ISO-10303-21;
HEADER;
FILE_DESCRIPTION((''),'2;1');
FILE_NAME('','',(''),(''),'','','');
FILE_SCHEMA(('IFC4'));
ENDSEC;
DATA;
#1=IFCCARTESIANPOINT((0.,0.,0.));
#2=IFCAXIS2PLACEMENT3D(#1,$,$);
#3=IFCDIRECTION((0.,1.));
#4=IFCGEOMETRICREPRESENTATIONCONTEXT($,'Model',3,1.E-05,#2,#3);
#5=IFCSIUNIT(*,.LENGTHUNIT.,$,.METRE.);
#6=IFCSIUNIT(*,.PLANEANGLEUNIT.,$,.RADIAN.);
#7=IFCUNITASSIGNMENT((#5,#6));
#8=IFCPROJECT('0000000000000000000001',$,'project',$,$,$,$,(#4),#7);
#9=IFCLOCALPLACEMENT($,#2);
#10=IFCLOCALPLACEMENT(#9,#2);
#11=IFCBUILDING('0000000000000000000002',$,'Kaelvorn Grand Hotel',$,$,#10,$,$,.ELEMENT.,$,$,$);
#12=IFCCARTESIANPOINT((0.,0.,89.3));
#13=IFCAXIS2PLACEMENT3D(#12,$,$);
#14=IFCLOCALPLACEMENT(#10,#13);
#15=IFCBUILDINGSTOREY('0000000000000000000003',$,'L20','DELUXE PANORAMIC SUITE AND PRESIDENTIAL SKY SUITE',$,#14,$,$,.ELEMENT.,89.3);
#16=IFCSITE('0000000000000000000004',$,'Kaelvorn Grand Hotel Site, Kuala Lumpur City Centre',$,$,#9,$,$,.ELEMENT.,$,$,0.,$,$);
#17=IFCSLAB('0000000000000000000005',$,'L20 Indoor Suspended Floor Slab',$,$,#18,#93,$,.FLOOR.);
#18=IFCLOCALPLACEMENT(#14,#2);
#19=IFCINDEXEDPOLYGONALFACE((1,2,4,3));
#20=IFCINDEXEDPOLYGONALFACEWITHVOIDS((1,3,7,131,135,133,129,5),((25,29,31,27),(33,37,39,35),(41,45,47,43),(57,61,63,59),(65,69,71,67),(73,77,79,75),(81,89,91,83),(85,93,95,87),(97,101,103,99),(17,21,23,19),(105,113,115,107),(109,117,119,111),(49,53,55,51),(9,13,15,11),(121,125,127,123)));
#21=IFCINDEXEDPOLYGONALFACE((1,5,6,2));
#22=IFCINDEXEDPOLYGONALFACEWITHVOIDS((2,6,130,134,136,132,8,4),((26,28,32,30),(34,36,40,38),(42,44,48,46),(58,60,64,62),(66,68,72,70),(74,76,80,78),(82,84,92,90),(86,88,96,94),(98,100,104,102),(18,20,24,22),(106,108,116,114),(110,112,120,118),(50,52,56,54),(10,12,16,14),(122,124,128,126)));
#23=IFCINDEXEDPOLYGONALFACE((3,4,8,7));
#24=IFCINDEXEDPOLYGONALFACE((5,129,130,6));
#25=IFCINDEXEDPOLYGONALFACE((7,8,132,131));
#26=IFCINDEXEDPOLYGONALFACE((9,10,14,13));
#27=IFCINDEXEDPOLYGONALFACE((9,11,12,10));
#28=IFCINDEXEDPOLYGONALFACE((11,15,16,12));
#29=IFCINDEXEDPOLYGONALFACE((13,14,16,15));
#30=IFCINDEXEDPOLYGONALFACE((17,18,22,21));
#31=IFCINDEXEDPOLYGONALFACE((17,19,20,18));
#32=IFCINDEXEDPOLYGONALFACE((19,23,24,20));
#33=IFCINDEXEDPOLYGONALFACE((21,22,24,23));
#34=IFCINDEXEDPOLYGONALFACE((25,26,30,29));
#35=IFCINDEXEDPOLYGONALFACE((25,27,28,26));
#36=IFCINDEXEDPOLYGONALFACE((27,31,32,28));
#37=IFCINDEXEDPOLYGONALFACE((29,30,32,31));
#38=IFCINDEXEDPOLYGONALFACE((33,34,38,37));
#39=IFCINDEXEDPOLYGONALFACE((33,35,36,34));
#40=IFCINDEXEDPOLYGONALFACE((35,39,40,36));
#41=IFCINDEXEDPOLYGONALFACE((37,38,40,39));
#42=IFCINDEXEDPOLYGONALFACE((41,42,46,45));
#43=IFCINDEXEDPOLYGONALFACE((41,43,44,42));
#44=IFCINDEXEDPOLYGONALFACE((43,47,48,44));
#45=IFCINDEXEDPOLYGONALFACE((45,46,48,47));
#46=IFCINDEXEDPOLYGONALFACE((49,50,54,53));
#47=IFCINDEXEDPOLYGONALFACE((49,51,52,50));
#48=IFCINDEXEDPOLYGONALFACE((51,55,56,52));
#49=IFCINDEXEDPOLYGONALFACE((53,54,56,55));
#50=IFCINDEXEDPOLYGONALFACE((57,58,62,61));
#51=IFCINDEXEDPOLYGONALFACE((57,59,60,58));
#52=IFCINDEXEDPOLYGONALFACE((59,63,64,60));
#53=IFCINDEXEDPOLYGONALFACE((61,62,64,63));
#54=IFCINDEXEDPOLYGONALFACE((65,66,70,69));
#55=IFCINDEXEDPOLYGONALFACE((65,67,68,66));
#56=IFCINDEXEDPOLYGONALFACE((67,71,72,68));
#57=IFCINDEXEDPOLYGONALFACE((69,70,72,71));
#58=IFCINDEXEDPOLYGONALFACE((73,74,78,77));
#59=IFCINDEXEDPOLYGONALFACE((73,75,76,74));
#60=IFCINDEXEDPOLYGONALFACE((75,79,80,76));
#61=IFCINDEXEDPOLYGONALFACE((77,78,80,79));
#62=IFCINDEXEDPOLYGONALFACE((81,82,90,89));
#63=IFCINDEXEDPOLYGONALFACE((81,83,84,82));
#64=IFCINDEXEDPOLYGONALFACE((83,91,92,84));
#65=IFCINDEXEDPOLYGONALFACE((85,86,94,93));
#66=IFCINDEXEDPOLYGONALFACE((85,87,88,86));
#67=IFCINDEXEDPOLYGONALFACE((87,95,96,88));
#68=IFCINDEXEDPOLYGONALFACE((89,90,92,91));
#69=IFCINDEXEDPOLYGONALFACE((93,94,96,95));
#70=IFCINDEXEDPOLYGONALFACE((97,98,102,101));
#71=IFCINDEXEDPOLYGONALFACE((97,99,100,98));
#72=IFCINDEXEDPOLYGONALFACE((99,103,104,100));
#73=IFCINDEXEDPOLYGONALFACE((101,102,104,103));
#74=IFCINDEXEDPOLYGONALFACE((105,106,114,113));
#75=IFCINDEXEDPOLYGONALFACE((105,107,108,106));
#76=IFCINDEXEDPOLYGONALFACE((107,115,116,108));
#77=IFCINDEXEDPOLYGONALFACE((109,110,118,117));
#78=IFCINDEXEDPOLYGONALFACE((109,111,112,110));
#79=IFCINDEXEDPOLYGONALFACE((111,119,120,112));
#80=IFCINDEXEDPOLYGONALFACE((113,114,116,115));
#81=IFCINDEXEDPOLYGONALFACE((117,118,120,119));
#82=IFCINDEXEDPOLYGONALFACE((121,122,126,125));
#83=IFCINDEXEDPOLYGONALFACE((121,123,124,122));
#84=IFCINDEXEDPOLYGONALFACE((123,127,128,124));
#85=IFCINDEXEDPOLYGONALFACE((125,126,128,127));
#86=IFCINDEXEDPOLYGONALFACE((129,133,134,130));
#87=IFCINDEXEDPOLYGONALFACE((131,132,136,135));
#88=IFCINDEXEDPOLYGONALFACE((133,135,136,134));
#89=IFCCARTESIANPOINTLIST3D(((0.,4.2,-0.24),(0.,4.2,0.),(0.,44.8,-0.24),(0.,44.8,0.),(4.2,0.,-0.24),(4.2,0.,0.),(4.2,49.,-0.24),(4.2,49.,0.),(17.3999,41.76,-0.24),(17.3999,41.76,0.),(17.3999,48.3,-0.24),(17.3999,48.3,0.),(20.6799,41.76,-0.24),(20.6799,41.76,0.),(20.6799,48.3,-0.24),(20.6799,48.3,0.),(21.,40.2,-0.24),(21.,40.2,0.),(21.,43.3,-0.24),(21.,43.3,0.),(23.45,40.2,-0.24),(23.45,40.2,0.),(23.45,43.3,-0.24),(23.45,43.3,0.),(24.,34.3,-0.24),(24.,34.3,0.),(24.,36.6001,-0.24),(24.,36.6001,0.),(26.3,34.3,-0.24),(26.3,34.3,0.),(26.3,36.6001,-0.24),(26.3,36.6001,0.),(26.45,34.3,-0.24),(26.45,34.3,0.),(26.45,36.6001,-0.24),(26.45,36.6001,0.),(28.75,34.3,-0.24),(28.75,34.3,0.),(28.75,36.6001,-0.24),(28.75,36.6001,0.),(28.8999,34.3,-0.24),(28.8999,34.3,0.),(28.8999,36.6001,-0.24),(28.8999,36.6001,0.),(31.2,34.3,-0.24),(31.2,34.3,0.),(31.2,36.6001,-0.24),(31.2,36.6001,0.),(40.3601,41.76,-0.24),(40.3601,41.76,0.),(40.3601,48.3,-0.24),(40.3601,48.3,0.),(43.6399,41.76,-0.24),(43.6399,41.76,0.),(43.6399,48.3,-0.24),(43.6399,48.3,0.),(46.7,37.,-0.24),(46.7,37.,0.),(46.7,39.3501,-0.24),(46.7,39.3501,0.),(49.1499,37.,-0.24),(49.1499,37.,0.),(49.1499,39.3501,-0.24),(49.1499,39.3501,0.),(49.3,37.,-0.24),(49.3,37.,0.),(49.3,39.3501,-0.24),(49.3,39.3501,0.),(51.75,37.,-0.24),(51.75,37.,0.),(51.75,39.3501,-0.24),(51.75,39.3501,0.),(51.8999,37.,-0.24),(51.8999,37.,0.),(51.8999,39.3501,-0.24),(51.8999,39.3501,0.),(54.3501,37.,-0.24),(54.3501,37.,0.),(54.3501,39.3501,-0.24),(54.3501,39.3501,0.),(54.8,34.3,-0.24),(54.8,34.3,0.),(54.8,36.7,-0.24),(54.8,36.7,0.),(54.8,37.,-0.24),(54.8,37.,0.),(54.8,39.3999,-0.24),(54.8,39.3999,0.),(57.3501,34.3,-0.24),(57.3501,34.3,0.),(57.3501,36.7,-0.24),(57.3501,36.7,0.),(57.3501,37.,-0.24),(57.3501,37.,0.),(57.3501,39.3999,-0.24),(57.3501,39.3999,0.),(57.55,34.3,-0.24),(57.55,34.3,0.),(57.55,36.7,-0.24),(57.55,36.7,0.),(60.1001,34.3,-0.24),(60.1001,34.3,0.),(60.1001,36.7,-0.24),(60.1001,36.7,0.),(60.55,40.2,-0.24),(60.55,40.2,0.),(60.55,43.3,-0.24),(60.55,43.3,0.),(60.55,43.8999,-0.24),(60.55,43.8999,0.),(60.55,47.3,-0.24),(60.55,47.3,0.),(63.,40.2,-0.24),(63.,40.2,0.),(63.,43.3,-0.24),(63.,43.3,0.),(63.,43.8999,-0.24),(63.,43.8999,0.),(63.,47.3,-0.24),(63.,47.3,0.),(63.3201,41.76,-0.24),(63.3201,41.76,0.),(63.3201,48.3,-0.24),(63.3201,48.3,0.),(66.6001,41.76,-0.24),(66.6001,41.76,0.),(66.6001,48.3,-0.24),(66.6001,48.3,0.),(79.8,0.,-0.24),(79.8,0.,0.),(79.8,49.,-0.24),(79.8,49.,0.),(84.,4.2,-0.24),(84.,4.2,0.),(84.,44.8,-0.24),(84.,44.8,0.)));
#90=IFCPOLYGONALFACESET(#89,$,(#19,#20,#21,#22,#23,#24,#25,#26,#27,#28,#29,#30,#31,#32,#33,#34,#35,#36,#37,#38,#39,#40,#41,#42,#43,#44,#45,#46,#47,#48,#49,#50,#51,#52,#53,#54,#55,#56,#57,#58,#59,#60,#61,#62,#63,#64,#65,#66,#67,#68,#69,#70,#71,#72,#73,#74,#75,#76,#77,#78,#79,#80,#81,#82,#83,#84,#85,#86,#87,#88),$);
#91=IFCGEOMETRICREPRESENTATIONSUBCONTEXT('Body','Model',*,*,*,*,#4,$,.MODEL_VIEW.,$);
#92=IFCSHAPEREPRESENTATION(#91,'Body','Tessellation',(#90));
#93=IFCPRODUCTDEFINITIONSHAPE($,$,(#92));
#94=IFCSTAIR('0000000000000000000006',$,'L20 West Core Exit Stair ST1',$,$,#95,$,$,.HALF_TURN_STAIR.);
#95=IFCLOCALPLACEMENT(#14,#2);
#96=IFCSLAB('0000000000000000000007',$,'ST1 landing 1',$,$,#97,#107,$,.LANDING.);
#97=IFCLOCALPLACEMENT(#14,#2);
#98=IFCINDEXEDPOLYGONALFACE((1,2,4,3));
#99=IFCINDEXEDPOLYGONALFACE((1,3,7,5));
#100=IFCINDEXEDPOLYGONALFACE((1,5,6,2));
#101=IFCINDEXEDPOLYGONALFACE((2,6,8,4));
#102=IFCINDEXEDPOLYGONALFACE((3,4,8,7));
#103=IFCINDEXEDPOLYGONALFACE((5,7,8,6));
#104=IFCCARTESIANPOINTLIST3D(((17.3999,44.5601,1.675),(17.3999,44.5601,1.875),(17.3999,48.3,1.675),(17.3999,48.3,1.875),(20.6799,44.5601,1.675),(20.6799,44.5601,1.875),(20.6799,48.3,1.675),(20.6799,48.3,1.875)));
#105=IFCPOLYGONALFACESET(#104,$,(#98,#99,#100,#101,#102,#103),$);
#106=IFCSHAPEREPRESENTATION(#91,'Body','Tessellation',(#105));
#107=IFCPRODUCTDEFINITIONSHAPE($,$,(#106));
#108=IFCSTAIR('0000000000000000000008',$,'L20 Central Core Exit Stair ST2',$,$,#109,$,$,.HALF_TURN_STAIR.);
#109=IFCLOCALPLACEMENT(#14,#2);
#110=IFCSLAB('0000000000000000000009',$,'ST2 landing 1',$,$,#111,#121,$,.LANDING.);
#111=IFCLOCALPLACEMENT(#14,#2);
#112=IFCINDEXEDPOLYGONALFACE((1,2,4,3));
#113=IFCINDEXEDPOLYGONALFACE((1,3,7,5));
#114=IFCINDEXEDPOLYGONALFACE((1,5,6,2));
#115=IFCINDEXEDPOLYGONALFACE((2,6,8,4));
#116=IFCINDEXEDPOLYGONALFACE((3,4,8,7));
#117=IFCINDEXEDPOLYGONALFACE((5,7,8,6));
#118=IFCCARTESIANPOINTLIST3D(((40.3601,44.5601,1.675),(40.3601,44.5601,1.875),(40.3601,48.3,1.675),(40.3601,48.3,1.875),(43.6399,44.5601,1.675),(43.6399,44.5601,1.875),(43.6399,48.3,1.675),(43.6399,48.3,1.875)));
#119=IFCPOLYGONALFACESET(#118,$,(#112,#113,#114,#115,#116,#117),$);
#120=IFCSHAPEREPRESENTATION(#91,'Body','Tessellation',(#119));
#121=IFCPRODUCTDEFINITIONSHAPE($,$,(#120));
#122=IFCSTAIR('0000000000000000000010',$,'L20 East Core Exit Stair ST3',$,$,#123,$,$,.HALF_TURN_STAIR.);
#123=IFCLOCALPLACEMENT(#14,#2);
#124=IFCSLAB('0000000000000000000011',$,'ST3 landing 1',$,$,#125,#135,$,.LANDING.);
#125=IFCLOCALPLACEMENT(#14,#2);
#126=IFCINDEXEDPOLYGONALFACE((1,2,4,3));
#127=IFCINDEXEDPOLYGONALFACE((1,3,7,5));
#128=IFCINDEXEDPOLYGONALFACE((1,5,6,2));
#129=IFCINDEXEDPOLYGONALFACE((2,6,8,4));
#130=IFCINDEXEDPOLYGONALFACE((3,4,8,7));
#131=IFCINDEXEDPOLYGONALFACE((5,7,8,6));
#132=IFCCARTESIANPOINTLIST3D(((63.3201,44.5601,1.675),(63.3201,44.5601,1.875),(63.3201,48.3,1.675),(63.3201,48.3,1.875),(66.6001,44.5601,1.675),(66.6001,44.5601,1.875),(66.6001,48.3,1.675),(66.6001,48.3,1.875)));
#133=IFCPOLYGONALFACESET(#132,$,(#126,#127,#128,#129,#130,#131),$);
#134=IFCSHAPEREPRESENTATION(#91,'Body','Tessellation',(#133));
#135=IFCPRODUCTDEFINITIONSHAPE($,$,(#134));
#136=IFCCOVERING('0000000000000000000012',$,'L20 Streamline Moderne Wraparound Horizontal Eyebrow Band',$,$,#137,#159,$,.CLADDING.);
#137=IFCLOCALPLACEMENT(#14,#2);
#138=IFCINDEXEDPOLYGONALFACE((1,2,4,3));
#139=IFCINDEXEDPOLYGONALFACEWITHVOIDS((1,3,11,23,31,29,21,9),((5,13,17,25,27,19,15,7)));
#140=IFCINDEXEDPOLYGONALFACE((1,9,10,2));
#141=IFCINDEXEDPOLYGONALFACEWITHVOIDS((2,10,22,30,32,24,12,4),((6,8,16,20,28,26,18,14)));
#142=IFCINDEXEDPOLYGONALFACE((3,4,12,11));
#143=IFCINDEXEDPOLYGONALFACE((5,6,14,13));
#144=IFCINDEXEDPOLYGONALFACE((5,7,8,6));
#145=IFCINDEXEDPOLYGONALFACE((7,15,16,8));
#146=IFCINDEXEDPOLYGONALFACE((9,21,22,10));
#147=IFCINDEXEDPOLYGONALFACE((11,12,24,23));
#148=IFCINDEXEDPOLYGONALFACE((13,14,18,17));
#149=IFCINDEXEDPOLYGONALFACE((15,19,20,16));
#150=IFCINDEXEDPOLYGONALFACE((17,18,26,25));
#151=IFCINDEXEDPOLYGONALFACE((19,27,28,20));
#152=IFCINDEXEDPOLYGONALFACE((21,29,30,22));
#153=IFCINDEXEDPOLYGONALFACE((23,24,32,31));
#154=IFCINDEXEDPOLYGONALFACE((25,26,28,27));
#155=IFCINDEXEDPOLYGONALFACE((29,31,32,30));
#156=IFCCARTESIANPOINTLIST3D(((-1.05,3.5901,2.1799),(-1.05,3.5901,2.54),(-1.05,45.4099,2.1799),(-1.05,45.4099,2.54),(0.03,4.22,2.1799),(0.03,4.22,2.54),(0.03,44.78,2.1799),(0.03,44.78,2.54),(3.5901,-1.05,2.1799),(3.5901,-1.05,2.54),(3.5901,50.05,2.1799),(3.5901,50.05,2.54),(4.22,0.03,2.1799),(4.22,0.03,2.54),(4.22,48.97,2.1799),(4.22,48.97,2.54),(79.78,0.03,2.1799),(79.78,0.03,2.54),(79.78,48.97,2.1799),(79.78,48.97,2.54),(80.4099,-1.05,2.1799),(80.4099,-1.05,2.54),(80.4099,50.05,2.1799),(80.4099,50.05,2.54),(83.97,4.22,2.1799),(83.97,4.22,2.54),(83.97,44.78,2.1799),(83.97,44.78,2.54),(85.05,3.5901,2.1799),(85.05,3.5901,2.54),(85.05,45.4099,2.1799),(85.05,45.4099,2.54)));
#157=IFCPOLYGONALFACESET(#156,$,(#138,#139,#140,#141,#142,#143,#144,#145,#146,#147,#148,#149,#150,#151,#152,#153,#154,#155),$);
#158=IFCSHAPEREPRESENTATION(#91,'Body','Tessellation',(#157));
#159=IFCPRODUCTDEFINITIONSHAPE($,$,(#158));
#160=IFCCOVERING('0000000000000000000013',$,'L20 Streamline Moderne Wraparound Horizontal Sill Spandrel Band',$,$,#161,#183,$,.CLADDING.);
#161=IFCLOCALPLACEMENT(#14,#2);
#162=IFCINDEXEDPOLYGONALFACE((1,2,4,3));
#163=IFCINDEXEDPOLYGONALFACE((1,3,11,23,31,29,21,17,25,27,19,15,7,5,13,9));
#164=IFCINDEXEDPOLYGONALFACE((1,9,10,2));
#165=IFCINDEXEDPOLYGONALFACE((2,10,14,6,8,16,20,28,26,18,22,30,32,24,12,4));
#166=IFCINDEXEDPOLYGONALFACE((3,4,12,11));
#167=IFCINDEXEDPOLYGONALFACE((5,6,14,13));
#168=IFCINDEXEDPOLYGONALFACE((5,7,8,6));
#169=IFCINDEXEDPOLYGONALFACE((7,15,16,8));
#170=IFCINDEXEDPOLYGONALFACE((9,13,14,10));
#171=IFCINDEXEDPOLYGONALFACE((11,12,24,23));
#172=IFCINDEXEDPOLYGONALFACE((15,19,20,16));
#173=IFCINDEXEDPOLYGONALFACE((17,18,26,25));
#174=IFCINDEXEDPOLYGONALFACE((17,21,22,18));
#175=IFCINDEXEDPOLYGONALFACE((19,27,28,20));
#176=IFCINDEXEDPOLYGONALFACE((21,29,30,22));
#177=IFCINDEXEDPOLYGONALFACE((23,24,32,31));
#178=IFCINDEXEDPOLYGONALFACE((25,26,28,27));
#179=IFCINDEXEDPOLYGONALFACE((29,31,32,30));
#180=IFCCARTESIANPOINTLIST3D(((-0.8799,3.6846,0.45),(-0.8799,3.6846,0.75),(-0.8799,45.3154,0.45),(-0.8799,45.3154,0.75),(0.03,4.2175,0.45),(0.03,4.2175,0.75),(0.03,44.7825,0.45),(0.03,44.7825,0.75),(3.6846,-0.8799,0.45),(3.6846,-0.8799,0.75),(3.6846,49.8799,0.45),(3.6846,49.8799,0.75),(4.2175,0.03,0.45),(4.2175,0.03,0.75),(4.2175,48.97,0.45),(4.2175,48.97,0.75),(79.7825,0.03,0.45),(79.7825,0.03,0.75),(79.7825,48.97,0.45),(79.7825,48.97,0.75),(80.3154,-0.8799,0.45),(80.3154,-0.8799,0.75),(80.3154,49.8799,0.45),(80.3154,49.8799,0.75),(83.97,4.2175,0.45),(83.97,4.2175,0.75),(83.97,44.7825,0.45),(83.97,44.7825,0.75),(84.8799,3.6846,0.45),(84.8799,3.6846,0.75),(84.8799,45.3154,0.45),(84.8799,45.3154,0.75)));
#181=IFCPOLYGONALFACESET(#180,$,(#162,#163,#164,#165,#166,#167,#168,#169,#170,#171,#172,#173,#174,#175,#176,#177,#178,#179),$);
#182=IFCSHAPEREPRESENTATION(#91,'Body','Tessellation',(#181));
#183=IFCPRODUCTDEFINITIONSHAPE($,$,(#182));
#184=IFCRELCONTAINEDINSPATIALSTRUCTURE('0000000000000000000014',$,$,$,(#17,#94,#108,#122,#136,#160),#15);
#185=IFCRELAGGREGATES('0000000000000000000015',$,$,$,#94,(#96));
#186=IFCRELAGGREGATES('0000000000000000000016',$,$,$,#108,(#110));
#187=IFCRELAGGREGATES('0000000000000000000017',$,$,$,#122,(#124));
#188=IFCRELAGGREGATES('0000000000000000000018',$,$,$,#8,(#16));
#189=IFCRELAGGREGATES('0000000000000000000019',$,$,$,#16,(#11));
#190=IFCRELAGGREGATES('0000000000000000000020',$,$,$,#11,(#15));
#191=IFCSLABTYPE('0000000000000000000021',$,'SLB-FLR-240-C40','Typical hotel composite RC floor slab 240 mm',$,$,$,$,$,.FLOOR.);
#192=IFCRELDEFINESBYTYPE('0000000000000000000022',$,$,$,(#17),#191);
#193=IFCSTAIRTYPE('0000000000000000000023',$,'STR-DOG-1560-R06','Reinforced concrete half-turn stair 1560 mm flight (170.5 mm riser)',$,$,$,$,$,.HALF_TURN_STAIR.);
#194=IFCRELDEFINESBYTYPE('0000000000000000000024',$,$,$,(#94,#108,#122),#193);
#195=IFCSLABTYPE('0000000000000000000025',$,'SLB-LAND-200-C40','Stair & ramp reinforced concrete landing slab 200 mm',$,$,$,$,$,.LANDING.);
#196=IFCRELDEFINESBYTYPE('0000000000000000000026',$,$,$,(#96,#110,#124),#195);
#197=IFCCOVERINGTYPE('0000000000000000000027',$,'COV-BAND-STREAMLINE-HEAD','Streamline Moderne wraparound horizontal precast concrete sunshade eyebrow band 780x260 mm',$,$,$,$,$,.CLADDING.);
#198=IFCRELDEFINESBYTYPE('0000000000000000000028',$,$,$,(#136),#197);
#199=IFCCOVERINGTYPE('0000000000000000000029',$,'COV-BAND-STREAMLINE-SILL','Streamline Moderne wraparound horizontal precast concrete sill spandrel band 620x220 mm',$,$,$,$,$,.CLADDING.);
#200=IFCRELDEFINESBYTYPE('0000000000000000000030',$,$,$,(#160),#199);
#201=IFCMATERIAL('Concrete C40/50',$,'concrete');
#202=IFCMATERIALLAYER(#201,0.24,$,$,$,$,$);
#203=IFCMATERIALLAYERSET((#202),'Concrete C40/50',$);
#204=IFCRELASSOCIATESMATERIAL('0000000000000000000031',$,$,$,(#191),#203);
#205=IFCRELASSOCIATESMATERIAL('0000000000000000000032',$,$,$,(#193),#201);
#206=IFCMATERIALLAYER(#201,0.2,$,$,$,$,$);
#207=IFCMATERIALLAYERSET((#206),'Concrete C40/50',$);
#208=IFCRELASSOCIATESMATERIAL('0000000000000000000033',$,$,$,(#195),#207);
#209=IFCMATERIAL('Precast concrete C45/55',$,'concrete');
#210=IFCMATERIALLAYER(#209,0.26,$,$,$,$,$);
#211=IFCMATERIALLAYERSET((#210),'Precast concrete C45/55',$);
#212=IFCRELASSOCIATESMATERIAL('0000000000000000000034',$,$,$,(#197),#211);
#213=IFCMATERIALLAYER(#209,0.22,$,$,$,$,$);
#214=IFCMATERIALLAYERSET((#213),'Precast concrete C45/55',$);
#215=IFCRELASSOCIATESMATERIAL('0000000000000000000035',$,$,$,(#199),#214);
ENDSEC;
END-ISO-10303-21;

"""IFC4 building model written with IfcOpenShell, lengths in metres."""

from ifc_helpers import new_model, si_unit, direction, frame, origin, place, context, subcontext, project, spatial, polyline, outline, extrude, material, layer, layer_set, type_object, element, aggregate, save


model = new_model("IFC4")

# Units and contexts
model_context = context("Model", 3, precision=1e-05, world=origin(), true_north=direction((0.0, 1.0)))
body_context = subcontext(model_context, "Body", "Model", "MODEL_VIEW")
ifc_project = project(units=[si_unit("LENGTHUNIT", "METRE"), si_unit("PLANEANGLEUNIT", "RADIAN")], contexts=[model_context])

# Site, building, storey
site_placement = place(None, origin())
site = spatial("IfcSite", under=ifc_project, at=site_placement, Name="Kaelvorn Grand Hotel Site, Kuala Lumpur City Centre", CompositionType="ELEMENT", RefElevation=0.0)
building_placement = place(site_placement, origin())
building = spatial("IfcBuilding", under=site, at=building_placement, Name="Kaelvorn Grand Hotel", CompositionType="ELEMENT")
storey_placement = place(building_placement, frame((0.0, 0.0, 89.3)))
storey = spatial("IfcBuildingStorey", under=building, at=storey_placement, Name="L20", Description="DELUXE PANORAMIC SUITE AND PRESIDENTIAL SKY SUITE", CompositionType="ELEMENT", Elevation=89.3)

# Slab
ifc_material_1 = material(Name="Concrete C40/50", Category="concrete")
ifc_layer_1 = layer(ifc_material_1, 0.24)
ifc_layer_set_1 = layer_set([ifc_layer_1], Name="Concrete C40/50")
slab_type_1 = type_object("IfcSlabType", Name="SLB-FLR-240-C40", Description="Typical hotel composite RC floor slab 240 mm", PredefinedType="FLOOR", material=ifc_layer_set_1)
slab_1_placement = place(storey_placement, frame((0.0, 0.0, -0.24)))
element("IfcSlab", 1, at=slab_1_placement, inside=storey, type_object=slab_type_1, Name="L20 Indoor Suspended Floor Slab", PredefinedType="FLOOR", context=body_context, shape_type="SweptSolid", body=[
    extrude(outline(polyline([(4.2, 0.0), (79.8, 0.0), (84.0, 4.2), (84.0, 44.8), (79.8, 49.0), (4.2, 49.0), (0.0, 44.8), (0.0, 4.2), (4.2, 0.0)]), holes=[polyline([(17.3999, 41.76), (17.3999, 48.3), (20.6799, 48.3), (20.6799, 41.76), (17.3999, 41.76)]), polyline([(40.3601, 41.76), (40.3601, 48.3), (43.6399, 48.3), (43.6399, 41.76), (40.3601, 41.76)]), polyline([(63.3201, 41.76), (63.3201, 48.3), (66.6001, 48.3), (66.6001, 41.76), (63.3201, 41.76)]), polyline([(24.0, 34.3), (24.0, 36.6001), (26.3, 36.6001), (26.3, 34.3), (24.0, 34.3)]), polyline([(26.45, 34.3), (26.45, 36.6001), (28.75, 36.6001), (28.75, 34.3), (26.45, 34.3)]), polyline([(28.8999, 34.3), (28.8999, 36.6001), (31.2, 36.6001), (31.2, 34.3), (28.8999, 34.3)]), polyline([(46.7, 37.0), (46.7, 39.3501), (49.1499, 39.3501), (49.1499, 37.0), (46.7, 37.0)]), polyline([(49.3, 37.0), (49.3, 39.3501), (51.75, 39.3501), (51.75, 37.0), (49.3, 37.0)]), polyline([(51.8999, 37.0), (51.8999, 39.3501), (54.3501, 39.3501), (54.3501, 37.0), (51.8999, 37.0)]), polyline([(54.8, 34.3), (54.8, 36.7), (57.3501, 36.7), (57.3501, 34.3), (54.8, 34.3)]), polyline([(57.55, 34.3), (57.55, 36.7), (60.1001, 36.7), (60.1001, 34.3), (57.55, 34.3)]), polyline([(54.8, 37.0), (54.8, 39.3999), (57.3501, 39.3999), (57.3501, 37.0), (54.8, 37.0)]), polyline([(21.0, 40.2), (21.0, 43.3), (23.45, 43.3), (23.45, 40.2), (21.0, 40.2)]), polyline([(60.55, 40.2), (60.55, 43.3), (63.0, 43.3), (63.0, 40.2), (60.55, 40.2)]), polyline([(60.55, 43.8999), (60.55, 47.3), (63.0, 47.3), (63.0, 43.8999), (60.55, 43.8999)])]), origin(), (0.0, 0.0, 1.0), 0.24),
])

# Stairs, slabs
stair_type = type_object("IfcStairType", Name="STR-DOG-1560-R06", Description="Reinforced concrete half-turn stair 1560 mm flight (170.5 mm riser)", PredefinedType="HALF_TURN_STAIR", material=ifc_material_1)
stair_1_placement = place(storey_placement, origin())
stair_1 = element("IfcStair", 2, at=stair_1_placement, inside=storey, type_object=stair_type, Name="L20 West Core Exit Stair ST1", PredefinedType="HALF_TURN_STAIR")
ifc_layer_2 = layer(ifc_material_1, 0.2)
ifc_layer_set_2 = layer_set([ifc_layer_2], Name="Concrete C40/50")
slab_type_2 = type_object("IfcSlabType", Name="SLB-LAND-200-C40", Description="Stair & ramp reinforced concrete landing slab 200 mm", PredefinedType="LANDING", material=ifc_layer_set_2)
slab_2_placement = place(storey_placement, frame((0.0, 0.0, 1.675)))
slab_2 = element("IfcSlab", 3, at=slab_2_placement, type_object=slab_type_2, Name="ST1 landing 1", PredefinedType="LANDING", context=body_context, shape_type="SweptSolid", body=[
    extrude(outline(polyline([(20.6799, 44.5601), (20.6799, 48.3), (17.3999, 48.3), (17.3999, 44.5601), (20.6799, 44.5601)])), origin(), (0.0, 0.0, 1.0), 0.2),
])
aggregate(stair_1, [slab_2])
stair_2_placement = place(storey_placement, origin())
stair_2 = element("IfcStair", 4, at=stair_2_placement, inside=storey, type_object=stair_type, Name="L20 Central Core Exit Stair ST2", PredefinedType="HALF_TURN_STAIR")
slab_3_placement = place(storey_placement, frame((0.0, 0.0, 1.675)))
slab_3 = element("IfcSlab", 5, at=slab_3_placement, type_object=slab_type_2, Name="ST2 landing 1", PredefinedType="LANDING", context=body_context, shape_type="SweptSolid", body=[
    extrude(outline(polyline([(43.6399, 44.5601), (43.6399, 48.3), (40.3601, 48.3), (40.3601, 44.5601), (43.6399, 44.5601)])), origin(), (0.0, 0.0, 1.0), 0.2),
])
aggregate(stair_2, [slab_3])
stair_3_placement = place(storey_placement, origin())
stair_3 = element("IfcStair", 6, at=stair_3_placement, inside=storey, type_object=stair_type, Name="L20 East Core Exit Stair ST3", PredefinedType="HALF_TURN_STAIR")
slab_4_placement = place(storey_placement, frame((0.0, 0.0, 1.675)))
slab_4 = element("IfcSlab", 7, at=slab_4_placement, type_object=slab_type_2, Name="ST3 landing 1", PredefinedType="LANDING", context=body_context, shape_type="SweptSolid", body=[
    extrude(outline(polyline([(66.6001, 44.5601), (66.6001, 48.3), (63.3201, 48.3), (63.3201, 44.5601), (66.6001, 44.5601)])), origin(), (0.0, 0.0, 1.0), 0.2),
])
aggregate(stair_3, [slab_4])

# Coverings
ifc_material_2 = material(Name="Precast concrete C45/55", Category="concrete")
ifc_layer_3 = layer(ifc_material_2, 0.26)
ifc_layer_set_3 = layer_set([ifc_layer_3], Name="Precast concrete C45/55")
covering_type_1 = type_object("IfcCoveringType", Name="COV-BAND-STREAMLINE-HEAD", Description="Streamline Moderne wraparound horizontal precast concrete sunshade eyebrow band 780x260 mm", PredefinedType="CLADDING", material=ifc_layer_set_3)
covering_1_placement = place(storey_placement, frame((0.0, 0.0, 2.1799)))
element("IfcCovering", 8, at=covering_1_placement, inside=storey, type_object=covering_type_1, Name="L20 Streamline Moderne Wraparound Horizontal Eyebrow Band", PredefinedType="CLADDING", context=body_context, shape_type="SweptSolid", body=[
    extrude(outline(polyline([(3.5901, -1.05), (80.4099, -1.05), (85.05, 3.5901), (85.05, 45.4099), (80.4099, 50.05), (3.5901, 50.05), (-1.05, 45.4099), (-1.05, 3.5901), (3.5901, -1.05)]), holes=[polyline([(4.22, 0.03), (79.78, 0.03), (83.97, 4.22), (83.97, 44.78), (79.78, 48.97), (4.22, 48.97), (0.03, 44.78), (0.03, 4.22), (4.22, 0.03)])]), origin(), (0.0, 0.0, 1.0), 0.3601),
])
ifc_layer_4 = layer(ifc_material_2, 0.22)
ifc_layer_set_4 = layer_set([ifc_layer_4], Name="Precast concrete C45/55")
covering_type_2 = type_object("IfcCoveringType", Name="COV-BAND-STREAMLINE-SILL", Description="Streamline Moderne wraparound horizontal precast concrete sill spandrel band 620x220 mm", PredefinedType="CLADDING", material=ifc_layer_set_4)
covering_2_placement = place(storey_placement, frame((0.0, 0.0, 0.45)))
element("IfcCovering", 9, at=covering_2_placement, inside=storey, type_object=covering_type_2, Name="L20 Streamline Moderne Wraparound Horizontal Sill Spandrel Band", PredefinedType="CLADDING", context=body_context, shape_type="SweptSolid", body=[
    extrude(outline(polyline([(80.3154, -0.8799), (84.8799, 3.6846), (84.8799, 45.3154), (80.3154, 49.8799), (3.6846, 49.8799), (-0.8799, 45.3154), (-0.8799, 3.6846), (3.6846, -0.8799), (4.2175, 0.03), (0.03, 4.2175), (0.03, 44.7825), (4.2175, 48.97), (79.7825, 48.97), (83.97, 44.7825), (83.97, 4.2175), (79.7825, 0.03), (80.3154, -0.8799)])), origin(), (0.0, 0.0, 1.0), 0.3),
])

save(model, "model.ifc")
